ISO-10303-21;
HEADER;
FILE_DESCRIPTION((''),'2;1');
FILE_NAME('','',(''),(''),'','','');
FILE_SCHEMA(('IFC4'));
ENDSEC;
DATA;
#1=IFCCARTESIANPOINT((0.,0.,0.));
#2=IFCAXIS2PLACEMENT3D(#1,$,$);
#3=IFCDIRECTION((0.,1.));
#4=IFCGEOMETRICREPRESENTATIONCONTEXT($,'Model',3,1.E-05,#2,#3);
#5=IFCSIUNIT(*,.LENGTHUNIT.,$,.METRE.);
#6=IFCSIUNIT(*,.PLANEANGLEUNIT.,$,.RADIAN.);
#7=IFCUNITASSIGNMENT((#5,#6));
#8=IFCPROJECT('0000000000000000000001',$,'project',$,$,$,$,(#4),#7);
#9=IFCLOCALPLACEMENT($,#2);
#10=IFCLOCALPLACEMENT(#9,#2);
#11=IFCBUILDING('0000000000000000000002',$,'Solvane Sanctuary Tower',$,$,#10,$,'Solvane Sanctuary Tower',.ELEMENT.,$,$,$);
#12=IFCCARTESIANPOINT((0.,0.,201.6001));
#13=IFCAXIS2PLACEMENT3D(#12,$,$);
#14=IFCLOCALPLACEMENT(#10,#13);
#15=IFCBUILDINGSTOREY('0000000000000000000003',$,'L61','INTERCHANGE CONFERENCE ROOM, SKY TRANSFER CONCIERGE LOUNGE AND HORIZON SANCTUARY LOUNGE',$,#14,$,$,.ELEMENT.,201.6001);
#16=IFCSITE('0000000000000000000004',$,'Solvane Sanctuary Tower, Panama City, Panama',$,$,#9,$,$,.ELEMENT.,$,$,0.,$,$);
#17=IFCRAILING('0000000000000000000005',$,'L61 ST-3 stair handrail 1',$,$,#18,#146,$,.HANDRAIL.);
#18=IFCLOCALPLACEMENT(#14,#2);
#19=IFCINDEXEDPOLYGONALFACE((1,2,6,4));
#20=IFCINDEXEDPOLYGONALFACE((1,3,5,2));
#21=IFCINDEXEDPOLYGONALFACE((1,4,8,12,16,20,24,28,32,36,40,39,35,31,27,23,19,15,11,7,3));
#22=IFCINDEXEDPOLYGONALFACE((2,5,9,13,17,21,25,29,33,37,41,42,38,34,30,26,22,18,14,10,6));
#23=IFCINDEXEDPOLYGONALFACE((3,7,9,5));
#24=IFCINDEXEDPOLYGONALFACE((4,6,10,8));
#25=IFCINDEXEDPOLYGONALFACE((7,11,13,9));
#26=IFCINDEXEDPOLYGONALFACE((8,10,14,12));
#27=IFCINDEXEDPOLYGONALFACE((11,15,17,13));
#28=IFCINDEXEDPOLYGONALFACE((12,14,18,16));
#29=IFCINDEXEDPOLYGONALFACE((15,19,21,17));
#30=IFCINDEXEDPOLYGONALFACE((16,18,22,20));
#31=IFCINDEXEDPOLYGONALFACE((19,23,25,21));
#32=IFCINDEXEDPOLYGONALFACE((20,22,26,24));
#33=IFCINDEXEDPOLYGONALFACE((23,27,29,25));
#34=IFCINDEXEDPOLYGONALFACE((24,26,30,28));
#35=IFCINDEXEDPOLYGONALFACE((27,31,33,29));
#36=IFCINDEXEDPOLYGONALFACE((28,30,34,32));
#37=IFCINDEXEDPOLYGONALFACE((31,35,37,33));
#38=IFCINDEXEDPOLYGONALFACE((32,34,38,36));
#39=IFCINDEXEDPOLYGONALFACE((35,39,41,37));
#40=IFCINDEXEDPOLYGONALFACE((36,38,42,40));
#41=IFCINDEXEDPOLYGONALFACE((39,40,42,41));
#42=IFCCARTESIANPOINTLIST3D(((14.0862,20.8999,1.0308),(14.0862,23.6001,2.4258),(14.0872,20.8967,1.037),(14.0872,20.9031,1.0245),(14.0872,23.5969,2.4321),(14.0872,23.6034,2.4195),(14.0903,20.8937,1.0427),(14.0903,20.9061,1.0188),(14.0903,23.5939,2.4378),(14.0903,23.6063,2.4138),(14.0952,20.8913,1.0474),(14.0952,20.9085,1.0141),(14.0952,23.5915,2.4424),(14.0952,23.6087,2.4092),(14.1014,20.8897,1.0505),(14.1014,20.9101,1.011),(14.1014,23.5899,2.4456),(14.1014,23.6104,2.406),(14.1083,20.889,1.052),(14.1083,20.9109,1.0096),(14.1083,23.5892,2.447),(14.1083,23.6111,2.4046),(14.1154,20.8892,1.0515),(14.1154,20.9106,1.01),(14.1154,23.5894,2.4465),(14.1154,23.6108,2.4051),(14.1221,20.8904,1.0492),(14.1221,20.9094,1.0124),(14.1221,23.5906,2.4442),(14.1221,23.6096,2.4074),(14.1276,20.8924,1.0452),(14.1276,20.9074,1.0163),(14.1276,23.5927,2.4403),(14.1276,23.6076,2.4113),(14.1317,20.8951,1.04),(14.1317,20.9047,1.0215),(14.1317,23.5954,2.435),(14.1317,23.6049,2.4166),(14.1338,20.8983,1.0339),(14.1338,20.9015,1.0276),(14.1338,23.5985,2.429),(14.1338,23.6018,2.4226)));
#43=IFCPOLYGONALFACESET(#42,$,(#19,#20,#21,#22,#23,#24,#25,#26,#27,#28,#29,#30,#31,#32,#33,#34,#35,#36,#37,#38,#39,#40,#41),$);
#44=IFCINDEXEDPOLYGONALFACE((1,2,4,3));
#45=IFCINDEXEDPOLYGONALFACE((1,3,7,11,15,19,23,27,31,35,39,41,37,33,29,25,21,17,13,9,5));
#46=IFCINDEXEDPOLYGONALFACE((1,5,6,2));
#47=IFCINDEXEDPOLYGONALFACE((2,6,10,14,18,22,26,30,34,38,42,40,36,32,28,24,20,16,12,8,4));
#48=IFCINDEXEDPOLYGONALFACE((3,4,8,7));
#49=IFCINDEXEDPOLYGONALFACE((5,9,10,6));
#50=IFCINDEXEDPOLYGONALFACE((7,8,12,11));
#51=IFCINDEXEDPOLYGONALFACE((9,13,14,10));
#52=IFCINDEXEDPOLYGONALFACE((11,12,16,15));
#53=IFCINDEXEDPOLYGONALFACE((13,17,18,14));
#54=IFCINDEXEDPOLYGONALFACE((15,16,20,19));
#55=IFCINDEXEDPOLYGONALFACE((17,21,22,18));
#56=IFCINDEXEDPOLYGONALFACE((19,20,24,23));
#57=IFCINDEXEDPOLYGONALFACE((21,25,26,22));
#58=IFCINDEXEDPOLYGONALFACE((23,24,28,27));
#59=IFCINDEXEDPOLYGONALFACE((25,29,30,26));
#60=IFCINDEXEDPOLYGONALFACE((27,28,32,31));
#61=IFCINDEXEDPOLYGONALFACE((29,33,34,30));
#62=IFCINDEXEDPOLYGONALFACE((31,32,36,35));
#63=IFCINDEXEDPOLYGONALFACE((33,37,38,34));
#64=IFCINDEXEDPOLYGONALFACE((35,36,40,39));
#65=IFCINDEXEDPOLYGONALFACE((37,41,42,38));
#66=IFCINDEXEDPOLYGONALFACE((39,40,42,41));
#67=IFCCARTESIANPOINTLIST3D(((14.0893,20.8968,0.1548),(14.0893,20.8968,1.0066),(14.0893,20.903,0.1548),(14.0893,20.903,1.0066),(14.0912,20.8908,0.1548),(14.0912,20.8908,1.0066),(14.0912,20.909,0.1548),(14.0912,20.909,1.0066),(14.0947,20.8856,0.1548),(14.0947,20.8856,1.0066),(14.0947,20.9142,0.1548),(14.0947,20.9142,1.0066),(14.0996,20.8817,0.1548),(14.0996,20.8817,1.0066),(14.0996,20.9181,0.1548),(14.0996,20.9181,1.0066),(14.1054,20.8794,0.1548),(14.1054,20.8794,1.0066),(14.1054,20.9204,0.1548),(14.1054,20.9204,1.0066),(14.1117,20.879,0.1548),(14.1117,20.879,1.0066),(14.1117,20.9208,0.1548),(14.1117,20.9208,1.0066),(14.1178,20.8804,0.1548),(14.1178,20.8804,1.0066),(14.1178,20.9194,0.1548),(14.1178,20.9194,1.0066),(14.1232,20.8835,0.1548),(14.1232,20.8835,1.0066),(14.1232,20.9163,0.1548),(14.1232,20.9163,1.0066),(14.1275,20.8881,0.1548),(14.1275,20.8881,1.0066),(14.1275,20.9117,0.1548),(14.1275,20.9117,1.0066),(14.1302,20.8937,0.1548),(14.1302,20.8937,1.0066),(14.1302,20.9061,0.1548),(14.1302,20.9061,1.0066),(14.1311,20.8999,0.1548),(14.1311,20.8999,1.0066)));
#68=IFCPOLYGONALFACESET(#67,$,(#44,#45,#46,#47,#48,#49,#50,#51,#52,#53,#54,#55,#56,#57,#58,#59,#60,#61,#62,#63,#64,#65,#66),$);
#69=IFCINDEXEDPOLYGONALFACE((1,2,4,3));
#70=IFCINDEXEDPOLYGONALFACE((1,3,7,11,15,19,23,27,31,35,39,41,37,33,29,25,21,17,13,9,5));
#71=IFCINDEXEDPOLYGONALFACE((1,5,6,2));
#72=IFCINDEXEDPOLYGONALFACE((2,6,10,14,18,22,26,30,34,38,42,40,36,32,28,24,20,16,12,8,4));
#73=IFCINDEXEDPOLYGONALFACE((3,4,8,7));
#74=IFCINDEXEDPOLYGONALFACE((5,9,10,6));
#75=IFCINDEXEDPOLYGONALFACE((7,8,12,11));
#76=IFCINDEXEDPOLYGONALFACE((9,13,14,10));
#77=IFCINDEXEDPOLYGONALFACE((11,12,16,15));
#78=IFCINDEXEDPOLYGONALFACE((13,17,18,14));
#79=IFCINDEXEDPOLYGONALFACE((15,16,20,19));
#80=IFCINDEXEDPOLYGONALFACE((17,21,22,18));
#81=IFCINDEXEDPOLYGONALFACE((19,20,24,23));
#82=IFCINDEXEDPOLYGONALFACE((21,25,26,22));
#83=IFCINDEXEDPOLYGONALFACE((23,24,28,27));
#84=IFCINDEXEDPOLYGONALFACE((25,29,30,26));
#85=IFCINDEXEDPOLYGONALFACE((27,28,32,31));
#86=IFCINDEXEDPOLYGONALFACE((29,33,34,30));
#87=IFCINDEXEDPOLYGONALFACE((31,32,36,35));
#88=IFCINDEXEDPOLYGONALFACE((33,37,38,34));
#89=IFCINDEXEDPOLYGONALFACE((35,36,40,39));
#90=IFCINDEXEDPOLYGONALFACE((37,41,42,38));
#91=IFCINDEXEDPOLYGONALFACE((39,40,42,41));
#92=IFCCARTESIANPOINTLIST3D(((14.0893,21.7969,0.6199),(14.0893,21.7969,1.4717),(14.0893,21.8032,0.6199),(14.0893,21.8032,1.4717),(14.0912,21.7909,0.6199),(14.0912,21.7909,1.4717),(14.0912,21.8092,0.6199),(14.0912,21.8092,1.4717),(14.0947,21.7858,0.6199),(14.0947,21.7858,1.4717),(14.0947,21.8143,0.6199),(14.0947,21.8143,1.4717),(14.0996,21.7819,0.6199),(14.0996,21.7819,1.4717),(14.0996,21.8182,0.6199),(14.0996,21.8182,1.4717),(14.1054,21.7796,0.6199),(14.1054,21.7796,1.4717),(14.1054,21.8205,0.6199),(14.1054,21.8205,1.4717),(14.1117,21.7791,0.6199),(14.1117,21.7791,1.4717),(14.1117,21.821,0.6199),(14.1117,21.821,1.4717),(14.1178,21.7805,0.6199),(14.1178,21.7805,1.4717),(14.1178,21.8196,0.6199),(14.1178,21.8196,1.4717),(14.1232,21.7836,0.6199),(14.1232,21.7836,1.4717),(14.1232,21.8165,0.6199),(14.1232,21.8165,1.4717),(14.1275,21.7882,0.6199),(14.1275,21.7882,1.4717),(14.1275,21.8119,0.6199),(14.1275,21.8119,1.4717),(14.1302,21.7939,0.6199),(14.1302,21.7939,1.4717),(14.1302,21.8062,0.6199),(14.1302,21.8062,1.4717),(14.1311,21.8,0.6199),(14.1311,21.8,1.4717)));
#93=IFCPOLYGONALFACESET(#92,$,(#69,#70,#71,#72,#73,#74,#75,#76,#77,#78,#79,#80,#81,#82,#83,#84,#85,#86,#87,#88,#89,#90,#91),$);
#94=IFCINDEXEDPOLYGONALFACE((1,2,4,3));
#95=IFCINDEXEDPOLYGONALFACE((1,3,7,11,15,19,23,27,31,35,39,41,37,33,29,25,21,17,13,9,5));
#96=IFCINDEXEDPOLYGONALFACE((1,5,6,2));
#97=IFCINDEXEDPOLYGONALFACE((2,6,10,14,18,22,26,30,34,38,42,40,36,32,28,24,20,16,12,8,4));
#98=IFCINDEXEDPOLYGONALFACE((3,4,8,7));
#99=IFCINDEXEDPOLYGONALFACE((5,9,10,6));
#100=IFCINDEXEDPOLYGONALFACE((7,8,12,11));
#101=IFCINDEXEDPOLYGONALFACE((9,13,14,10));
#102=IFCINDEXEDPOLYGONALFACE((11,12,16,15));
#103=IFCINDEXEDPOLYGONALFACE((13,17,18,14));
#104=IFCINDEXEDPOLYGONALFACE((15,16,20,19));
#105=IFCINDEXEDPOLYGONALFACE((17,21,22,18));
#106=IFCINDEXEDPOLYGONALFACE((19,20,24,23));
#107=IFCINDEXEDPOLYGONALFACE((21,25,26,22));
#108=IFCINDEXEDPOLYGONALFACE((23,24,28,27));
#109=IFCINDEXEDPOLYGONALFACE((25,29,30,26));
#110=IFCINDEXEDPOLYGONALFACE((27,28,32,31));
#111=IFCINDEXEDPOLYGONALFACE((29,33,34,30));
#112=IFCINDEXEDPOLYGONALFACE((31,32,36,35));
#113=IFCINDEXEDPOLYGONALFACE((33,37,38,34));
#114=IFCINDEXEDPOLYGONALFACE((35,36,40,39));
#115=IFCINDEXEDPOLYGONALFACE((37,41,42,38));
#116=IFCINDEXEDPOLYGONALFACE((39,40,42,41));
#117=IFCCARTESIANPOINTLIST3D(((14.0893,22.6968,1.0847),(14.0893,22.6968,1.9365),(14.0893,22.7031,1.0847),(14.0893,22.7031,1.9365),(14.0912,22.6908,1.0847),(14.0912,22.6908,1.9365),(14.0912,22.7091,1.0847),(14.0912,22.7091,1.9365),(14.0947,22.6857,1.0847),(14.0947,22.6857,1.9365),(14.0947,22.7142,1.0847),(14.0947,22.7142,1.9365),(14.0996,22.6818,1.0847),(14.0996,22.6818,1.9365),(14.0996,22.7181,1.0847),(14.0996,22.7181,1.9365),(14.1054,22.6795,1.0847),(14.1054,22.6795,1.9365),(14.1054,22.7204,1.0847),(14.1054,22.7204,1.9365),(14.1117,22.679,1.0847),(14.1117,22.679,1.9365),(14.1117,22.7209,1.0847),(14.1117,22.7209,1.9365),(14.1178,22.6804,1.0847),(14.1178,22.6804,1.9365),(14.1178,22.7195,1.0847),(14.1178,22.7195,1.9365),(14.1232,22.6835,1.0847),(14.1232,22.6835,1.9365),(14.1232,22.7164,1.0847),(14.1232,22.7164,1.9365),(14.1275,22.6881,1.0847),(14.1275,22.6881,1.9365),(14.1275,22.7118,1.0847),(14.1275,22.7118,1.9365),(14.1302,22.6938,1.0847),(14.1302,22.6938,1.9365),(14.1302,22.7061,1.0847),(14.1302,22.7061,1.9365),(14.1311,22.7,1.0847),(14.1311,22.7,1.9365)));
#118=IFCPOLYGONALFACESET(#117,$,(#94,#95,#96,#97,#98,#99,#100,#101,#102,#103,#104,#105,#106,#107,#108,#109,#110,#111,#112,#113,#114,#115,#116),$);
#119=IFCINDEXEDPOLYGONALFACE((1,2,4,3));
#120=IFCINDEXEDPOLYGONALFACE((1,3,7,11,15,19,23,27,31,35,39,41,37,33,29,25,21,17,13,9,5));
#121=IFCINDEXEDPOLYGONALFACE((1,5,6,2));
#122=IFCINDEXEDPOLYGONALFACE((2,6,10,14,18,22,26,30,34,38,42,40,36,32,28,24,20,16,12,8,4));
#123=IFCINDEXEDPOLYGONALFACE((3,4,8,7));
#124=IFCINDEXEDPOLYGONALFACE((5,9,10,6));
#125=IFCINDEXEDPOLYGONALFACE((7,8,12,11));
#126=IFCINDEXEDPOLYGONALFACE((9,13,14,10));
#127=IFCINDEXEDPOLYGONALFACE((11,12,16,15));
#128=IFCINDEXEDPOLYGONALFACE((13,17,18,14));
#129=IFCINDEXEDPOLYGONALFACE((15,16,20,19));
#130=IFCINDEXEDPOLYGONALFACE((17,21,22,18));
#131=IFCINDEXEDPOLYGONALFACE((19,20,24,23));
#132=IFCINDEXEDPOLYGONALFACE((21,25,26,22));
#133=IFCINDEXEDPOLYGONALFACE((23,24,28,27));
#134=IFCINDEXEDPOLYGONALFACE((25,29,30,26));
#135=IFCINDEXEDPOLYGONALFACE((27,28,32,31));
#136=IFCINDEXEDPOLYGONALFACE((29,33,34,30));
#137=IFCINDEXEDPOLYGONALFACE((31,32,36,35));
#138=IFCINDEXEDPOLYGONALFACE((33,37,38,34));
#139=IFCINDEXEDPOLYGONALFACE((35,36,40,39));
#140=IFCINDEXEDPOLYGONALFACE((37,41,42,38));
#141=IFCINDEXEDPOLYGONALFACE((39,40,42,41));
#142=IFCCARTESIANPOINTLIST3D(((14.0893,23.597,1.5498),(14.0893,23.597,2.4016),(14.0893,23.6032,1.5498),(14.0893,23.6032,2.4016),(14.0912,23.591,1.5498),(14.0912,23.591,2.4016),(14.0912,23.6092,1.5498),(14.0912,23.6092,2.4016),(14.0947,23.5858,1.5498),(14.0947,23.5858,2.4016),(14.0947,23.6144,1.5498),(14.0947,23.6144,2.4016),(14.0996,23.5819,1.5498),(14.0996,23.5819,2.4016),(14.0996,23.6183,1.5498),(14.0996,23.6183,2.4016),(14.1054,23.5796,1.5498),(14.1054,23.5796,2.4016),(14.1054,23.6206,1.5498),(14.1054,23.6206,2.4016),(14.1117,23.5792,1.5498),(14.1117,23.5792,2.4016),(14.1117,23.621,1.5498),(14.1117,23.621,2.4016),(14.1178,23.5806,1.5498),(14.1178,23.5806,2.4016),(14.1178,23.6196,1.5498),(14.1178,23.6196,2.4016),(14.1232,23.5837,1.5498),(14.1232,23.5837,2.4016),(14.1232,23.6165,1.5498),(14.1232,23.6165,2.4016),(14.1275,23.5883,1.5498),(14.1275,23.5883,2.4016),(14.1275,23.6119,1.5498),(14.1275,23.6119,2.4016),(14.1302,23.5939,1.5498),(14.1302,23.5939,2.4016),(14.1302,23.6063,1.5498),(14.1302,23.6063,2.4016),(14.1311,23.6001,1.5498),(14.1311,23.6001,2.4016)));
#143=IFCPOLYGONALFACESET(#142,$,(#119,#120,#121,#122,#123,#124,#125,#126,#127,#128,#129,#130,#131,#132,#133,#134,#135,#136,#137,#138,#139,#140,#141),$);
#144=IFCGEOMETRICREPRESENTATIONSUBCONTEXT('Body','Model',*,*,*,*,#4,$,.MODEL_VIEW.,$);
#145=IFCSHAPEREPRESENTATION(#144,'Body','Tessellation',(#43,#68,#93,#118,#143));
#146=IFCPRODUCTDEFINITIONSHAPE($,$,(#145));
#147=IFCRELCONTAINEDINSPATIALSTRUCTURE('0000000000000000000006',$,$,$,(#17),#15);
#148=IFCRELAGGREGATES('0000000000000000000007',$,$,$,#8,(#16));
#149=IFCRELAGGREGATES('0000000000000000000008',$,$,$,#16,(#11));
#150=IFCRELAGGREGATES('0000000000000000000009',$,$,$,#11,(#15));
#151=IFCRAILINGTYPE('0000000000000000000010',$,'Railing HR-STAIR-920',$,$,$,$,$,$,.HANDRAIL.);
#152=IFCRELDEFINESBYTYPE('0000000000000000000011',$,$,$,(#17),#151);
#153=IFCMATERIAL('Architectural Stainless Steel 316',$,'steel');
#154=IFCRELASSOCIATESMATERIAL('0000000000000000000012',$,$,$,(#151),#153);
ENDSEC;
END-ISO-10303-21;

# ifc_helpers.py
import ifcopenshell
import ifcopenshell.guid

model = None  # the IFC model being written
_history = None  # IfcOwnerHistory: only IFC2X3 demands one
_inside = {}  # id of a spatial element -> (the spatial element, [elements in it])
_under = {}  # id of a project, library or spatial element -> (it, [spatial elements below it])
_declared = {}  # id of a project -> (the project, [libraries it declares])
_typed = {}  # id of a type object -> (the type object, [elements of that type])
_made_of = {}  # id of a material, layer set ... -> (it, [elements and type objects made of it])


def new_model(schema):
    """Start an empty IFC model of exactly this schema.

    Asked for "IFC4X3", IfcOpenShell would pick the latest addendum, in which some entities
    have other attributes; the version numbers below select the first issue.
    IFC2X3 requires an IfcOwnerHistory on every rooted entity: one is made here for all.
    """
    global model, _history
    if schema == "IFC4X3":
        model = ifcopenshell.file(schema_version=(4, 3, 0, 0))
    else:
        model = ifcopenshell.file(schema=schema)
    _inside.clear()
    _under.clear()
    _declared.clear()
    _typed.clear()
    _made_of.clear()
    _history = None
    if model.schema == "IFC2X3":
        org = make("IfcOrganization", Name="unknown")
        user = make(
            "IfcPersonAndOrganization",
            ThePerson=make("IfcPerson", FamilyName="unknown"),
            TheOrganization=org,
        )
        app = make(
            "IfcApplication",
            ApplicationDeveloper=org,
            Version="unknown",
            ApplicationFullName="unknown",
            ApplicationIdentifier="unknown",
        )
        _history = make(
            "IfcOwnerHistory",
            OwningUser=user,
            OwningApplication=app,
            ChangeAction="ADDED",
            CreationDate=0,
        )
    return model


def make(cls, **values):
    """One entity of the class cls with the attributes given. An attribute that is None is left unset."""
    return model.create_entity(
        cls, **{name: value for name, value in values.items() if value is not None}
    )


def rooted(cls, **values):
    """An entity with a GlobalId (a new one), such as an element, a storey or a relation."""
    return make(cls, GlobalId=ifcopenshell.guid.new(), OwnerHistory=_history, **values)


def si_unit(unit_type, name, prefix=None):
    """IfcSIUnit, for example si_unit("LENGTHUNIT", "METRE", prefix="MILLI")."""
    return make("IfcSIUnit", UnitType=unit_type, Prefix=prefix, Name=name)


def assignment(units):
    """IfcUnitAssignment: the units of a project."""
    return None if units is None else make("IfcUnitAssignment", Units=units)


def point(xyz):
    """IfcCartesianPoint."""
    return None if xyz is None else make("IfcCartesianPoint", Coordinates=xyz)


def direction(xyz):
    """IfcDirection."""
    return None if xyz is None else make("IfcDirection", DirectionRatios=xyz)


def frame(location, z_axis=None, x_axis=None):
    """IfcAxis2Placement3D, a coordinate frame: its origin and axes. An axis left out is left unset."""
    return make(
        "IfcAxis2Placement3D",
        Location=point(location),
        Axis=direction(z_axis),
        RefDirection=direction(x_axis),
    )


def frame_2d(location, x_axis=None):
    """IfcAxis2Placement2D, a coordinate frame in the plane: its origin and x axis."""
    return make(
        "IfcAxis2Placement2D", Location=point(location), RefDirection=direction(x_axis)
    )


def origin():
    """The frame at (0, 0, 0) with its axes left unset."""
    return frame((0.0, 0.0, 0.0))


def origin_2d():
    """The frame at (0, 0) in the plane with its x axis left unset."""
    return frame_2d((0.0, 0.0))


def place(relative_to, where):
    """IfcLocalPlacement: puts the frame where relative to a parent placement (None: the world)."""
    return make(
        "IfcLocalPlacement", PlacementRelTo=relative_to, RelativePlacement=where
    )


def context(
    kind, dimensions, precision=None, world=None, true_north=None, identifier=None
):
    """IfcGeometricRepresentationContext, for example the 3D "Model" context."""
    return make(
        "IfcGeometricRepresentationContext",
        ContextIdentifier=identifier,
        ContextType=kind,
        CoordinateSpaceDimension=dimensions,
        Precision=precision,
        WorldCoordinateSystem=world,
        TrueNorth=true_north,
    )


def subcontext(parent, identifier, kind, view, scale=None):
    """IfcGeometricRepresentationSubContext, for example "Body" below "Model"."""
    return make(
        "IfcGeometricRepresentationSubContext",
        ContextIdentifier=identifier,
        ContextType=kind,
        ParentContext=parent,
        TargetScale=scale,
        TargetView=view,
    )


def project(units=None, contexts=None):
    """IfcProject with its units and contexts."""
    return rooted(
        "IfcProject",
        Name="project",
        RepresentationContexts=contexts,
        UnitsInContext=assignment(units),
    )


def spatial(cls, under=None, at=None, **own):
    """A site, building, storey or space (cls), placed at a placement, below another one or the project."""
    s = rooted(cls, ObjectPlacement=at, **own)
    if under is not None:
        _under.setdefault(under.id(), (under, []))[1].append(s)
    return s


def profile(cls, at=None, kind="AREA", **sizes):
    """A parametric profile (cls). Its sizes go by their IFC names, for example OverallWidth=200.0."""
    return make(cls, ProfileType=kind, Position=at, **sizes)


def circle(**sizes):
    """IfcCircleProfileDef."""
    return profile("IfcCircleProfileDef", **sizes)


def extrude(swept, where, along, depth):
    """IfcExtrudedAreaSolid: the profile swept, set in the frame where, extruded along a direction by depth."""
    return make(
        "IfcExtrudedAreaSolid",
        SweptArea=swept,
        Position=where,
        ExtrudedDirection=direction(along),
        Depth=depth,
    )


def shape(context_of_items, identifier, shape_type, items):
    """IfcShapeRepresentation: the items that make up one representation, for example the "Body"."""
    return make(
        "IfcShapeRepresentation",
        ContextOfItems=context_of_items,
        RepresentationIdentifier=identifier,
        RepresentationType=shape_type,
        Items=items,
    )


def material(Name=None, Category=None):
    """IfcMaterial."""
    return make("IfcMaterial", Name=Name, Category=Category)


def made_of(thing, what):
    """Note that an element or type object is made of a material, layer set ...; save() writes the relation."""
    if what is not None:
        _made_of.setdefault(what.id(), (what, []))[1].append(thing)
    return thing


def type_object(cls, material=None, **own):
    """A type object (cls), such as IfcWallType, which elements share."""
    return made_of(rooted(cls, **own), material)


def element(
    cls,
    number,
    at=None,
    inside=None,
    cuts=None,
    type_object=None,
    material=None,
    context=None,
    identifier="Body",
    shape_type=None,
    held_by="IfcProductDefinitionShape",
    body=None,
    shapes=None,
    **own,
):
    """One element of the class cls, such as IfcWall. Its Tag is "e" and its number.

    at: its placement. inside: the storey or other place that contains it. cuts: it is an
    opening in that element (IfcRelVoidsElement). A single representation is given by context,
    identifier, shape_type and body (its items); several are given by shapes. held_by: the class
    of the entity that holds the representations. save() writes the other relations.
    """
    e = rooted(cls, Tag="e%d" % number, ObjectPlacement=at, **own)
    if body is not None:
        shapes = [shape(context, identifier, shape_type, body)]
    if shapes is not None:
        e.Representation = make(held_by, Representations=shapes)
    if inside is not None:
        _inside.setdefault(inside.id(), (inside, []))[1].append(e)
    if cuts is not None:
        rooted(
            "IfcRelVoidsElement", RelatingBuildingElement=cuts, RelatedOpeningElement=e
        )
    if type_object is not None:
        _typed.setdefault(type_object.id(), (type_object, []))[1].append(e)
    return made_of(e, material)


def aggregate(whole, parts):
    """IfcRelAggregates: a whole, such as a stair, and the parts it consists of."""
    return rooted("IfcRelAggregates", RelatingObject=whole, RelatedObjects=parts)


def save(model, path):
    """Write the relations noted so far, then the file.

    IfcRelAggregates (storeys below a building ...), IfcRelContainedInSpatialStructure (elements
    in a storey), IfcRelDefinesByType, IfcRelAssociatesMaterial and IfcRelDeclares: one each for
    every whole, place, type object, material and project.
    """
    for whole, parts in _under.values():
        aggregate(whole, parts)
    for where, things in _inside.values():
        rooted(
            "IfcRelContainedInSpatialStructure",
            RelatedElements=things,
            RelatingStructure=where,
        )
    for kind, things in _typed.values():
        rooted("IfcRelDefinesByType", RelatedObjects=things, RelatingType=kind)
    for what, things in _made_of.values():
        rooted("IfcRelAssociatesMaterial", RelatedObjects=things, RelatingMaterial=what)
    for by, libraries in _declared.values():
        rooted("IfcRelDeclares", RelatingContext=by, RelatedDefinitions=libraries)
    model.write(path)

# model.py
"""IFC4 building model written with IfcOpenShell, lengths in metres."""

from ifc_helpers import new_model, si_unit, direction, frame, origin, origin_2d, place, context, subcontext, project, spatial, circle, extrude, material, type_object, element, save


model = new_model("IFC4")

# Units and contexts
model_context = context("Model", 3, precision=1e-05, world=origin(), true_north=direction((0.0, 1.0)))
body_context = subcontext(model_context, "Body", "Model", "MODEL_VIEW")
ifc_project = project(units=[si_unit("LENGTHUNIT", "METRE"), si_unit("PLANEANGLEUNIT", "RADIAN")], contexts=[model_context])

# Site, building, storey
site_placement = place(None, origin())
site = spatial("IfcSite", under=ifc_project, at=site_placement, Name="Solvane Sanctuary Tower, Panama City, Panama", CompositionType="ELEMENT", RefElevation=0.0)
building_placement = place(site_placement, origin())
building = spatial("IfcBuilding", under=site, at=building_placement, Name="Solvane Sanctuary Tower", LongName="Solvane Sanctuary Tower", CompositionType="ELEMENT")
storey_placement = place(building_placement, frame((0.0, 0.0, 201.6001)))
storey = spatial("IfcBuildingStorey", under=building, at=storey_placement, Name="L61", Description="INTERCHANGE CONFERENCE ROOM, SKY TRANSFER CONCIERGE LOUNGE AND HORIZON SANCTUARY LOUNGE", CompositionType="ELEMENT", Elevation=201.6001)

# Shared definitions
ifc_material_1 = material(Name="Architectural Stainless Steel 316", Category="steel")

# Railing
railing_type_1 = type_object("IfcRailingType", Name="Railing HR-STAIR-920", PredefinedType="HANDRAIL", material=ifc_material_1)
railing_1_placement = place(storey_placement, frame((14.1101, 20.8999, 0.1548)))
element("IfcRailing", 1, at=railing_1_placement, inside=storey, type_object=railing_type_1, Name="L61 ST-3 stair handrail 1", PredefinedType="HANDRAIL", context=body_context, shape_type="SweptSolid", body=[
    extrude(circle(Radius=0.0239, at=origin_2d()), frame((0.0, 0.0, 0.876), z_axis=(0.0, 0.888437, 0.458999), x_axis=(-1.0, 0.0, 0.0)), (0.0, 0.0, 1.0), 3.0393),
    extrude(circle(Radius=0.021, at=origin_2d()), origin(), (0.0, 0.0, 1.0), 0.8518),
    extrude(circle(Radius=0.021, at=origin_2d()), frame((0.0, 0.9001, 0.4651)), (0.0, 0.0, 1.0), 0.8518),
    extrude(circle(Radius=0.021, at=origin_2d()), frame((0.0, 1.8, 0.9299)), (0.0, 0.0, 1.0), 0.8518),
    extrude(circle(Radius=0.021, at=origin_2d()), frame((0.0, 2.7002, 1.395)), (0.0, 0.0, 1.0), 0.8518),
])

save(model, "model.ifc")
